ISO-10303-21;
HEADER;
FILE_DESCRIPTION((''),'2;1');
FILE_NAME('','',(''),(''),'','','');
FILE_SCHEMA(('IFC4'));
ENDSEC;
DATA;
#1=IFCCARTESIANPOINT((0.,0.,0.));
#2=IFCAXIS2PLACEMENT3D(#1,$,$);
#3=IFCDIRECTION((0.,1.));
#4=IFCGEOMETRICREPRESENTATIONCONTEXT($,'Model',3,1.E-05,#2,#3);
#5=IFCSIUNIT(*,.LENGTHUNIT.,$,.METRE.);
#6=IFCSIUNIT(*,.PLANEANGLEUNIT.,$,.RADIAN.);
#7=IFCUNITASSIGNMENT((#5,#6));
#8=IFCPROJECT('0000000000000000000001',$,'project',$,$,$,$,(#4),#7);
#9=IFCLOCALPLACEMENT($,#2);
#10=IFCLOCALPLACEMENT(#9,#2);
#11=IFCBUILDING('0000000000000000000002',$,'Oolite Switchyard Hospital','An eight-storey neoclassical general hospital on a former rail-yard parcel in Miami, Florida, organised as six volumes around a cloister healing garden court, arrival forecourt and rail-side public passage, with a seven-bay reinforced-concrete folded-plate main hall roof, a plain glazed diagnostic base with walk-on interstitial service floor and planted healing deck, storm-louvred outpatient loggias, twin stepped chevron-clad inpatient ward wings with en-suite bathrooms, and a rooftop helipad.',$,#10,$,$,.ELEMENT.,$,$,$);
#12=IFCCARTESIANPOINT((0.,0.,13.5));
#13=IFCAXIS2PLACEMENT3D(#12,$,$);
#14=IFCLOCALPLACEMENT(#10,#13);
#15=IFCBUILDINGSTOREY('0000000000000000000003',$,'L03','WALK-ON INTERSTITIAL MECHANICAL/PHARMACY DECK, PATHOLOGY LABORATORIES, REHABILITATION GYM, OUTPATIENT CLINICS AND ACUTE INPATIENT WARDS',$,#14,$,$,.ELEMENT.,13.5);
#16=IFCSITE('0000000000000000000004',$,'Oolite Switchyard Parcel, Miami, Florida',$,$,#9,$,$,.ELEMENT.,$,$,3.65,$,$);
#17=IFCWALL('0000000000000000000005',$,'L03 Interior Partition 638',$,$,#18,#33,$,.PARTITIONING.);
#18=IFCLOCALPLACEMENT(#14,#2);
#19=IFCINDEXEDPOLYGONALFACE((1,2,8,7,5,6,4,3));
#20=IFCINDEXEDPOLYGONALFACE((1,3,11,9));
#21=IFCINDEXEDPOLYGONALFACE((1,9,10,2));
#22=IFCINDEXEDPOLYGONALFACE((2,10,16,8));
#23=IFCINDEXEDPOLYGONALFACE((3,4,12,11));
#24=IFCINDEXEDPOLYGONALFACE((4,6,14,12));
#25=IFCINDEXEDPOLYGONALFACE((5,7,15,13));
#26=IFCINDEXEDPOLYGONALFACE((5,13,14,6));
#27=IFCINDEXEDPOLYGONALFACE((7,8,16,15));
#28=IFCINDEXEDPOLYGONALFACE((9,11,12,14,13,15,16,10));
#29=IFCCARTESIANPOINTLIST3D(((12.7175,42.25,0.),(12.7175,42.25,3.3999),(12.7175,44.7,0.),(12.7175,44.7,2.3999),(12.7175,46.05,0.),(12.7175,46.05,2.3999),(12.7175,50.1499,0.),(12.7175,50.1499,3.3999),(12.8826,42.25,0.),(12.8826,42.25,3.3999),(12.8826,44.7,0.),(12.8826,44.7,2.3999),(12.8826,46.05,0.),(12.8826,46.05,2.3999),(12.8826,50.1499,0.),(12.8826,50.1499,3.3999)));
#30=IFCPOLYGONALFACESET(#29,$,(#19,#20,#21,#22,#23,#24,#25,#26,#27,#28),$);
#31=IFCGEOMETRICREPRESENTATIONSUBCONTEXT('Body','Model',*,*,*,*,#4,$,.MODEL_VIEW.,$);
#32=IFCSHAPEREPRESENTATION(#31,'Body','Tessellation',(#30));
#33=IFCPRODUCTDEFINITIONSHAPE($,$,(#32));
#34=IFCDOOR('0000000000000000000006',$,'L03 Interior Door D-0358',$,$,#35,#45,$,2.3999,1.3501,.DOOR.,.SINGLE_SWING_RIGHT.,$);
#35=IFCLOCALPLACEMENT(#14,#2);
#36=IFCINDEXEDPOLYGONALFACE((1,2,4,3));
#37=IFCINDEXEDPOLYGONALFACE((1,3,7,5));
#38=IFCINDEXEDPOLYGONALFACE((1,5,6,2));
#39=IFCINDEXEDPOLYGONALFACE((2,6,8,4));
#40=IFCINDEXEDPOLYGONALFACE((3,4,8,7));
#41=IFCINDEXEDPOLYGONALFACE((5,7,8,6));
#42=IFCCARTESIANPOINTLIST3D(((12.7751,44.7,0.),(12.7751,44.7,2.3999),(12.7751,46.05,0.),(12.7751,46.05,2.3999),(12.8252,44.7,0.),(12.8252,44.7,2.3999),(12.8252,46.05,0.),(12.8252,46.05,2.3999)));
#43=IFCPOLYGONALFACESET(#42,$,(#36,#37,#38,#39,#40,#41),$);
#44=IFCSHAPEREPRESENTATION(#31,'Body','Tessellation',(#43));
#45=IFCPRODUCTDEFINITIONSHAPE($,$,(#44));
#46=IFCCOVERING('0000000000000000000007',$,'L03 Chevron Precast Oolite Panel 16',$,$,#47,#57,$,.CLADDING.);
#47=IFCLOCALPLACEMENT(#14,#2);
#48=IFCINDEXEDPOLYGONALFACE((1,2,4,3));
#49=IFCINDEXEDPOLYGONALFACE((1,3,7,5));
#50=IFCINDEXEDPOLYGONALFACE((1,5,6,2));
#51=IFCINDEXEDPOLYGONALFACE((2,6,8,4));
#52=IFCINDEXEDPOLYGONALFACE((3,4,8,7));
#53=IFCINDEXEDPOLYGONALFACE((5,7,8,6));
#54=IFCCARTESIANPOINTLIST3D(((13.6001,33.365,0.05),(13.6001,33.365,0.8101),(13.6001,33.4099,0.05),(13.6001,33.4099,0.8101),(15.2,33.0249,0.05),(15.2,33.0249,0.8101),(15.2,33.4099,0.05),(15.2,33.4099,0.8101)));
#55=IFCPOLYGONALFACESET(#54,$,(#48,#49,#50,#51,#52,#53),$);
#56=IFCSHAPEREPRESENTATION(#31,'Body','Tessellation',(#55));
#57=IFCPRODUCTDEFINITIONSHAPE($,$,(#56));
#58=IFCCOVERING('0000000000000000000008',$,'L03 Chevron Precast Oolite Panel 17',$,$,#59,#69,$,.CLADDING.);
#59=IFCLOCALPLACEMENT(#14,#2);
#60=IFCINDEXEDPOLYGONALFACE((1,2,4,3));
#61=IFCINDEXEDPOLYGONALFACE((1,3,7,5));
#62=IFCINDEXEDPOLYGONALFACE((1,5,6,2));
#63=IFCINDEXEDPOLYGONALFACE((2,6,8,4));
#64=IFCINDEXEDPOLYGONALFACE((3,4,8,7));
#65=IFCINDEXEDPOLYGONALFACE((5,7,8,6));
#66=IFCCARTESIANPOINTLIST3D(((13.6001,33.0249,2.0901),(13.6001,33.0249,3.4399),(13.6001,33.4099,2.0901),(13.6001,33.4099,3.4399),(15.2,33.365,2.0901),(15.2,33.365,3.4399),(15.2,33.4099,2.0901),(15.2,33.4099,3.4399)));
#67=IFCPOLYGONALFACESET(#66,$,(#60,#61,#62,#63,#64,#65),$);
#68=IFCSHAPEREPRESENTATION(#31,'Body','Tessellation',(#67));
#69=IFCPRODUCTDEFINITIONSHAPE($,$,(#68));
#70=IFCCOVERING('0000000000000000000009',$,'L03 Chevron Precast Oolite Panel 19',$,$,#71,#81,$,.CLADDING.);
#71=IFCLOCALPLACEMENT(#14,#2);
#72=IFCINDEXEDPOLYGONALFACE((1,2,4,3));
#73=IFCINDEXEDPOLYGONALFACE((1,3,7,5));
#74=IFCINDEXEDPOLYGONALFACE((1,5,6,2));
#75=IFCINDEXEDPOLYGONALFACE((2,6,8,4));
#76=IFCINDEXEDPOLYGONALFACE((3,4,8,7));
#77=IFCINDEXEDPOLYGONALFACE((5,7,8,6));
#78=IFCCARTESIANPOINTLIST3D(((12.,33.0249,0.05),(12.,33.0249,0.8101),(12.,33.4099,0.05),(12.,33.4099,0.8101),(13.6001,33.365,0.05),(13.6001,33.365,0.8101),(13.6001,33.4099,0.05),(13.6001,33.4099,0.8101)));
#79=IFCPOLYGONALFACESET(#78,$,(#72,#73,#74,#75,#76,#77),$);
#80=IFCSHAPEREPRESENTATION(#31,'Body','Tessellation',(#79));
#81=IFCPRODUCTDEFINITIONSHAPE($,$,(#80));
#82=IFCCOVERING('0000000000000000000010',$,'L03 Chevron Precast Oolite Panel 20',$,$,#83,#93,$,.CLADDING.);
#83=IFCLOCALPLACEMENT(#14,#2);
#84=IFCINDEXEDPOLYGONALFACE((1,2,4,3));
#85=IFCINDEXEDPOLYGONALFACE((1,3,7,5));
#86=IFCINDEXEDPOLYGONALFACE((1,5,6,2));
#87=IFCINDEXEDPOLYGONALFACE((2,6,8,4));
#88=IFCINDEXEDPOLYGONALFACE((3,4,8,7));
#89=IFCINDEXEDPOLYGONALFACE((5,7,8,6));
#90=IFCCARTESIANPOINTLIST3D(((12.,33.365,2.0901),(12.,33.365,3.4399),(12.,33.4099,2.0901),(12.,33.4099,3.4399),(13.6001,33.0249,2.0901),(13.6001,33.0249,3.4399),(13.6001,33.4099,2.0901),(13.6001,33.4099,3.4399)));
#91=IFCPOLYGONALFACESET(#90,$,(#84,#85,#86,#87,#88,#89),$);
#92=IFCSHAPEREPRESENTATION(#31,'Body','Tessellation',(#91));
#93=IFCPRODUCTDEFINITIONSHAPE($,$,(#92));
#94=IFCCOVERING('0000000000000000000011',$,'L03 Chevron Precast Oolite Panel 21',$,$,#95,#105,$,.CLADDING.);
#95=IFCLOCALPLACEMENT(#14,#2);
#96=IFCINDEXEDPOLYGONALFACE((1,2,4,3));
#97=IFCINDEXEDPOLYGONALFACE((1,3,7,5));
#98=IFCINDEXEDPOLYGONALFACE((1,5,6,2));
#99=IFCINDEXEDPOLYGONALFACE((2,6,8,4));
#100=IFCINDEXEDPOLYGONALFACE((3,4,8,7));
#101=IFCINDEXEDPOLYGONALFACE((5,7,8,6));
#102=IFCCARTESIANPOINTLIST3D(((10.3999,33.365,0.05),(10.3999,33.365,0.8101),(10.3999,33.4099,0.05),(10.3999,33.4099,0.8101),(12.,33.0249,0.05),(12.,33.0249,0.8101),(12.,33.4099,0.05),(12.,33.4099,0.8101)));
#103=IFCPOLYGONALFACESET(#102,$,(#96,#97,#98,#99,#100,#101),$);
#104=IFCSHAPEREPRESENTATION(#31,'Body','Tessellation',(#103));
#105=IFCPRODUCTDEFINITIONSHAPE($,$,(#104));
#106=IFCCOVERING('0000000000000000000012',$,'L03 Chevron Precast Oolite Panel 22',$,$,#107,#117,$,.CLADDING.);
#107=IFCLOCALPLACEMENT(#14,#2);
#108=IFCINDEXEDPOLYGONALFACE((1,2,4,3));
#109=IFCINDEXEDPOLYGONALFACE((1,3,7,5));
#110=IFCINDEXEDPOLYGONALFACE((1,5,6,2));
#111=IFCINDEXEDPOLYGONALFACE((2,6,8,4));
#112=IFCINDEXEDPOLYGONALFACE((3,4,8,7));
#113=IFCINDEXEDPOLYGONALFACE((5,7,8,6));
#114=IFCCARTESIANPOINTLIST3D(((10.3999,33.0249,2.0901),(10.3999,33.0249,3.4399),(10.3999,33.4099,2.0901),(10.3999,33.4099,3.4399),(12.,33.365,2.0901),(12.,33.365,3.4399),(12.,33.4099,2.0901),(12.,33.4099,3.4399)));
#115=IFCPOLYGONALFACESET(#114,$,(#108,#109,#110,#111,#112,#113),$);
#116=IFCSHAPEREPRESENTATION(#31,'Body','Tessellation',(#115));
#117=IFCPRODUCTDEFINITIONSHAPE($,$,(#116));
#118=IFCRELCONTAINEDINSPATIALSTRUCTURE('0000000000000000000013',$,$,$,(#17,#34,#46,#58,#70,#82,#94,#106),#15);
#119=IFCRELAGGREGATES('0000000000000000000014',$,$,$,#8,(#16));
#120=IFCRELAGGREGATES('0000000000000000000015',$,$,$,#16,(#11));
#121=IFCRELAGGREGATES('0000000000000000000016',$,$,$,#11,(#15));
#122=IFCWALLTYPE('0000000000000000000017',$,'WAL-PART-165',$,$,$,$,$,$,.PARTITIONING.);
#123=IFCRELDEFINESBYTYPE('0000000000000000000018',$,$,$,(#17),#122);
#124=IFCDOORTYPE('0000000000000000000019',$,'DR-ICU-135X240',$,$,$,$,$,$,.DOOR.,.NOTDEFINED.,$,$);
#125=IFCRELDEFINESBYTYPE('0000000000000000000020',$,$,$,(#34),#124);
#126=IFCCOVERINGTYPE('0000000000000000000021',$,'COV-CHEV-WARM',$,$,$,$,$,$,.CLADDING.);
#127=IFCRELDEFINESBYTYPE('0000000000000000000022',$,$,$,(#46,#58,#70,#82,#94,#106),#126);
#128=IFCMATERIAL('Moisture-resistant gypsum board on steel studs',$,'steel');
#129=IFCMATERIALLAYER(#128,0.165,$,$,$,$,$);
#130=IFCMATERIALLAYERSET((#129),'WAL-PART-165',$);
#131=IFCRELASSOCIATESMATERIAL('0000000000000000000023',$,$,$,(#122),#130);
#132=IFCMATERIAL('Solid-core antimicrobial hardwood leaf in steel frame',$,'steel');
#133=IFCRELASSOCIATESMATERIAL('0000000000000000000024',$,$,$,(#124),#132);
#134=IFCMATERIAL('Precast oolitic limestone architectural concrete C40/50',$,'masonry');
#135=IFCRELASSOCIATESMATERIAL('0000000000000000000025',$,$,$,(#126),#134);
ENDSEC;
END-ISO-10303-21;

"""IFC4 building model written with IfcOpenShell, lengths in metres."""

from ifc_helpers import new_model, si_unit, direction, frame, frame_2d, origin, place, context, subcontext, project, spatial, polyline, rectangle, outline, extrude, material, layer, layer_set, type_object, element, fill, save


model = new_model("IFC4")

# Units and contexts
model_context = context("Model", 3, precision=1e-05, world=origin(), true_north=direction((0.0, 1.0)))
body_context = subcontext(model_context, "Body", "Model", "MODEL_VIEW")
ifc_project = project(units=[si_unit("LENGTHUNIT", "METRE"), si_unit("PLANEANGLEUNIT", "RADIAN")], contexts=[model_context])

# Site, building, storey
site_placement = place(None, origin())
site = spatial("IfcSite", under=ifc_project, at=site_placement, Name="Oolite Switchyard Parcel, Miami, Florida", CompositionType="ELEMENT", RefElevation=3.65)
building_placement = place(site_placement, origin())
building = spatial("IfcBuilding", under=site, at=building_placement, Name="Oolite Switchyard Hospital", Description="An eight-storey neoclassical general hospital on a former rail-yard parcel in Miami, Florida, organised as six volumes around a cloister healing garden court, arrival forecourt and rail-side public passage, with a seven-bay reinforced-concrete folded-plate main hall roof, a plain glazed diagnostic base with walk-on interstitial service floor and planted healing deck, storm-louvred outpatient loggias, twin stepped chevron-clad inpatient ward wings with en-suite bathrooms, and a rooftop helipad.", CompositionType="ELEMENT")
storey_placement = place(building_placement, frame((0.0, 0.0, 13.5)))
storey = spatial("IfcBuildingStorey", under=building, at=storey_placement, Name="L03", Description="WALK-ON INTERSTITIAL MECHANICAL/PHARMACY DECK, PATHOLOGY LABORATORIES, REHABILITATION GYM, OUTPATIENT CLINICS AND ACUTE INPATIENT WARDS", CompositionType="ELEMENT", Elevation=13.5)

# Shared definitions
ifc_material_1 = material(Name="Moisture-resistant gypsum board on steel studs", Category="steel")
ifc_material_2 = material(Name="Solid-core antimicrobial hardwood leaf in steel frame", Category="steel")

# Wall, opening, door
ifc_layer_1 = layer(ifc_material_1, 0.165)
ifc_layer_set_1 = layer_set([ifc_layer_1], Name="WAL-PART-165")
wall_type_1 = type_object("IfcWallType", Name="WAL-PART-165", PredefinedType="PARTITIONING", material=ifc_layer_set_1)
wall_1_placement = place(storey_placement, frame((12.8, 42.25, 0.0), z_axis=(0.0, 0.0, 1.0), x_axis=(0.0, 1.0, 0.0)))
wall_1 = element("IfcWall", 1, at=wall_1_placement, inside=storey, type_object=wall_type_1, Name="L03 Interior Partition 638", PredefinedType="PARTITIONING", context=body_context, shape_type="SweptSolid", body=[
    extrude(rectangle(XDim=7.8999, YDim=0.165, at=frame_2d((3.95, 0.0))), origin(), (0.0, 0.0, 1.0), 3.3999),
])
opening_1_placement = place(wall_1_placement, frame((2.45, 0.0, 0.0)))
opening_1 = element("IfcOpeningElement", 2, at=opening_1_placement, cuts=wall_1, PredefinedType="OPENING", context=body_context, shape_type="SweptSolid", body=[
    extrude(rectangle(XDim=1.3501, YDim=2.3999, at=frame_2d((0.675, 1.2))), frame((0.0, 0.0925, 0.0), z_axis=(0.0, -1.0, 0.0), x_axis=(1.0, 0.0, 0.0)), (0.0, 0.0, 1.0), 0.1851),
])
door_type_1 = type_object("IfcDoorType", Name="DR-ICU-135X240", OperationType="NOTDEFINED", PredefinedType="DOOR", material=ifc_material_2)
door_1_placement = place(opening_1_placement, origin())
door_1 = element("IfcDoor", 3, at=door_1_placement, inside=storey, type_object=door_type_1, Name="L03 Interior Door D-0358", OperationType="SINGLE_SWING_RIGHT", OverallHeight=2.3999, OverallWidth=1.3501, PredefinedType="DOOR", context=body_context, shape_type="SweptSolid", body=[
    extrude(rectangle(XDim=1.3501, YDim=2.3999, at=frame_2d((0.675, 1.2))), frame((0.0, 0.0249, 0.0), z_axis=(0.0, -1.0, 0.0), x_axis=(1.0, 0.0, 0.0)), (0.0, 0.0, 1.0), 0.05),
])
fill(opening_1, door_1)

# Coverings
ifc_material_3 = material(Name="Precast oolitic limestone architectural concrete C40/50", Category="masonry")
covering_type = type_object("IfcCoveringType", Name="COV-CHEV-WARM", PredefinedType="CLADDING", material=ifc_material_3)
covering_1_placement = place(storey_placement, frame((15.2, 33.4099, 0.05), z_axis=(0.0, 0.0, 1.0), x_axis=(-1.0, 0.0, 0.0)))
element("IfcCovering", 4, at=covering_1_placement, inside=storey, type_object=covering_type, Name="L03 Chevron Precast Oolite Panel 16", PredefinedType="CLADDING", context=body_context, shape_type="SweptSolid", body=[
    extrude(outline(polyline([(0.0, 0.0), (1.5999, 0.0), (1.5999, 0.0449), (0.0, 0.385), (0.0, 0.0)])), origin(), (0.0, 0.0, 1.0), 0.76),
])
covering_2_placement = place(storey_placement, frame((15.2, 33.4099, 2.0901), z_axis=(0.0, 0.0, 1.0), x_axis=(-1.0, 0.0, 0.0)))
element("IfcCovering", 5, at=covering_2_placement, inside=storey, type_object=covering_type, Name="L03 Chevron Precast Oolite Panel 17", PredefinedType="CLADDING", context=body_context, shape_type="SweptSolid", body=[
    extrude(outline(polyline([(0.0, 0.0), (1.5999, 0.0), (1.5999, 0.385), (0.0, 0.0449), (0.0, 0.0)])), origin(), (0.0, 0.0, 1.0), 1.3499),
])
covering_3_placement = place(storey_placement, frame((13.6001, 33.4099, 0.05), z_axis=(0.0, 0.0, 1.0), x_axis=(-1.0, 0.0, 0.0)))
element("IfcCovering", 6, at=covering_3_placement, inside=storey, type_object=covering_type, Name="L03 Chevron Precast Oolite Panel 19", PredefinedType="CLADDING", context=body_context, shape_type="SweptSolid", body=[
    extrude(outline(polyline([(0.0, 0.0), (1.6001, 0.0), (1.6001, 0.385), (0.0, 0.0449), (0.0, 0.0)])), origin(), (0.0, 0.0, 1.0), 0.76),
])
covering_4_placement = place(storey_placement, frame((13.6001, 33.4099, 2.0901), z_axis=(0.0, 0.0, 1.0), x_axis=(-1.0, 0.0, 0.0)))
element("IfcCovering", 7, at=covering_4_placement, inside=storey, type_object=covering_type, Name="L03 Chevron Precast Oolite Panel 20", PredefinedType="CLADDING", context=body_context, shape_type="SweptSolid", body=[
    extrude(outline(polyline([(0.0, 0.0), (1.6001, 0.0), (1.6001, 0.0449), (0.0, 0.385), (0.0, 0.0)])), origin(), (0.0, 0.0, 1.0), 1.3499),
])
covering_5_placement = place(storey_placement, frame((12.0, 33.4099, 0.05), z_axis=(0.0, 0.0, 1.0), x_axis=(-1.0, 0.0, 0.0)))
element("IfcCovering", 8, at=covering_5_placement, inside=storey, type_object=covering_type, Name="L03 Chevron Precast Oolite Panel 21", PredefinedType="CLADDING", context=body_context, shape_type="SweptSolid", body=[
    extrude(outline(polyline([(0.0, 0.0), (1.6001, 0.0), (1.6001, 0.0449), (0.0, 0.385), (0.0, 0.0)])), origin(), (0.0, 0.0, 1.0), 0.76),
])
covering_6_placement = place(storey_placement, frame((12.0, 33.4099, 2.0901), z_axis=(0.0, 0.0, 1.0), x_axis=(-1.0, 0.0, 0.0)))
element("IfcCovering", 9, at=covering_6_placement, inside=storey, type_object=covering_type, Name="L03 Chevron Precast Oolite Panel 22", PredefinedType="CLADDING", context=body_context, shape_type="SweptSolid", body=[
    extrude(outline(polyline([(0.0, 0.0), (1.6001, 0.0), (1.6001, 0.385), (0.0, 0.0449), (0.0, 0.0)])), origin(), (0.0, 0.0, 1.0), 1.3499),
])

save(model, "model.ifc")
